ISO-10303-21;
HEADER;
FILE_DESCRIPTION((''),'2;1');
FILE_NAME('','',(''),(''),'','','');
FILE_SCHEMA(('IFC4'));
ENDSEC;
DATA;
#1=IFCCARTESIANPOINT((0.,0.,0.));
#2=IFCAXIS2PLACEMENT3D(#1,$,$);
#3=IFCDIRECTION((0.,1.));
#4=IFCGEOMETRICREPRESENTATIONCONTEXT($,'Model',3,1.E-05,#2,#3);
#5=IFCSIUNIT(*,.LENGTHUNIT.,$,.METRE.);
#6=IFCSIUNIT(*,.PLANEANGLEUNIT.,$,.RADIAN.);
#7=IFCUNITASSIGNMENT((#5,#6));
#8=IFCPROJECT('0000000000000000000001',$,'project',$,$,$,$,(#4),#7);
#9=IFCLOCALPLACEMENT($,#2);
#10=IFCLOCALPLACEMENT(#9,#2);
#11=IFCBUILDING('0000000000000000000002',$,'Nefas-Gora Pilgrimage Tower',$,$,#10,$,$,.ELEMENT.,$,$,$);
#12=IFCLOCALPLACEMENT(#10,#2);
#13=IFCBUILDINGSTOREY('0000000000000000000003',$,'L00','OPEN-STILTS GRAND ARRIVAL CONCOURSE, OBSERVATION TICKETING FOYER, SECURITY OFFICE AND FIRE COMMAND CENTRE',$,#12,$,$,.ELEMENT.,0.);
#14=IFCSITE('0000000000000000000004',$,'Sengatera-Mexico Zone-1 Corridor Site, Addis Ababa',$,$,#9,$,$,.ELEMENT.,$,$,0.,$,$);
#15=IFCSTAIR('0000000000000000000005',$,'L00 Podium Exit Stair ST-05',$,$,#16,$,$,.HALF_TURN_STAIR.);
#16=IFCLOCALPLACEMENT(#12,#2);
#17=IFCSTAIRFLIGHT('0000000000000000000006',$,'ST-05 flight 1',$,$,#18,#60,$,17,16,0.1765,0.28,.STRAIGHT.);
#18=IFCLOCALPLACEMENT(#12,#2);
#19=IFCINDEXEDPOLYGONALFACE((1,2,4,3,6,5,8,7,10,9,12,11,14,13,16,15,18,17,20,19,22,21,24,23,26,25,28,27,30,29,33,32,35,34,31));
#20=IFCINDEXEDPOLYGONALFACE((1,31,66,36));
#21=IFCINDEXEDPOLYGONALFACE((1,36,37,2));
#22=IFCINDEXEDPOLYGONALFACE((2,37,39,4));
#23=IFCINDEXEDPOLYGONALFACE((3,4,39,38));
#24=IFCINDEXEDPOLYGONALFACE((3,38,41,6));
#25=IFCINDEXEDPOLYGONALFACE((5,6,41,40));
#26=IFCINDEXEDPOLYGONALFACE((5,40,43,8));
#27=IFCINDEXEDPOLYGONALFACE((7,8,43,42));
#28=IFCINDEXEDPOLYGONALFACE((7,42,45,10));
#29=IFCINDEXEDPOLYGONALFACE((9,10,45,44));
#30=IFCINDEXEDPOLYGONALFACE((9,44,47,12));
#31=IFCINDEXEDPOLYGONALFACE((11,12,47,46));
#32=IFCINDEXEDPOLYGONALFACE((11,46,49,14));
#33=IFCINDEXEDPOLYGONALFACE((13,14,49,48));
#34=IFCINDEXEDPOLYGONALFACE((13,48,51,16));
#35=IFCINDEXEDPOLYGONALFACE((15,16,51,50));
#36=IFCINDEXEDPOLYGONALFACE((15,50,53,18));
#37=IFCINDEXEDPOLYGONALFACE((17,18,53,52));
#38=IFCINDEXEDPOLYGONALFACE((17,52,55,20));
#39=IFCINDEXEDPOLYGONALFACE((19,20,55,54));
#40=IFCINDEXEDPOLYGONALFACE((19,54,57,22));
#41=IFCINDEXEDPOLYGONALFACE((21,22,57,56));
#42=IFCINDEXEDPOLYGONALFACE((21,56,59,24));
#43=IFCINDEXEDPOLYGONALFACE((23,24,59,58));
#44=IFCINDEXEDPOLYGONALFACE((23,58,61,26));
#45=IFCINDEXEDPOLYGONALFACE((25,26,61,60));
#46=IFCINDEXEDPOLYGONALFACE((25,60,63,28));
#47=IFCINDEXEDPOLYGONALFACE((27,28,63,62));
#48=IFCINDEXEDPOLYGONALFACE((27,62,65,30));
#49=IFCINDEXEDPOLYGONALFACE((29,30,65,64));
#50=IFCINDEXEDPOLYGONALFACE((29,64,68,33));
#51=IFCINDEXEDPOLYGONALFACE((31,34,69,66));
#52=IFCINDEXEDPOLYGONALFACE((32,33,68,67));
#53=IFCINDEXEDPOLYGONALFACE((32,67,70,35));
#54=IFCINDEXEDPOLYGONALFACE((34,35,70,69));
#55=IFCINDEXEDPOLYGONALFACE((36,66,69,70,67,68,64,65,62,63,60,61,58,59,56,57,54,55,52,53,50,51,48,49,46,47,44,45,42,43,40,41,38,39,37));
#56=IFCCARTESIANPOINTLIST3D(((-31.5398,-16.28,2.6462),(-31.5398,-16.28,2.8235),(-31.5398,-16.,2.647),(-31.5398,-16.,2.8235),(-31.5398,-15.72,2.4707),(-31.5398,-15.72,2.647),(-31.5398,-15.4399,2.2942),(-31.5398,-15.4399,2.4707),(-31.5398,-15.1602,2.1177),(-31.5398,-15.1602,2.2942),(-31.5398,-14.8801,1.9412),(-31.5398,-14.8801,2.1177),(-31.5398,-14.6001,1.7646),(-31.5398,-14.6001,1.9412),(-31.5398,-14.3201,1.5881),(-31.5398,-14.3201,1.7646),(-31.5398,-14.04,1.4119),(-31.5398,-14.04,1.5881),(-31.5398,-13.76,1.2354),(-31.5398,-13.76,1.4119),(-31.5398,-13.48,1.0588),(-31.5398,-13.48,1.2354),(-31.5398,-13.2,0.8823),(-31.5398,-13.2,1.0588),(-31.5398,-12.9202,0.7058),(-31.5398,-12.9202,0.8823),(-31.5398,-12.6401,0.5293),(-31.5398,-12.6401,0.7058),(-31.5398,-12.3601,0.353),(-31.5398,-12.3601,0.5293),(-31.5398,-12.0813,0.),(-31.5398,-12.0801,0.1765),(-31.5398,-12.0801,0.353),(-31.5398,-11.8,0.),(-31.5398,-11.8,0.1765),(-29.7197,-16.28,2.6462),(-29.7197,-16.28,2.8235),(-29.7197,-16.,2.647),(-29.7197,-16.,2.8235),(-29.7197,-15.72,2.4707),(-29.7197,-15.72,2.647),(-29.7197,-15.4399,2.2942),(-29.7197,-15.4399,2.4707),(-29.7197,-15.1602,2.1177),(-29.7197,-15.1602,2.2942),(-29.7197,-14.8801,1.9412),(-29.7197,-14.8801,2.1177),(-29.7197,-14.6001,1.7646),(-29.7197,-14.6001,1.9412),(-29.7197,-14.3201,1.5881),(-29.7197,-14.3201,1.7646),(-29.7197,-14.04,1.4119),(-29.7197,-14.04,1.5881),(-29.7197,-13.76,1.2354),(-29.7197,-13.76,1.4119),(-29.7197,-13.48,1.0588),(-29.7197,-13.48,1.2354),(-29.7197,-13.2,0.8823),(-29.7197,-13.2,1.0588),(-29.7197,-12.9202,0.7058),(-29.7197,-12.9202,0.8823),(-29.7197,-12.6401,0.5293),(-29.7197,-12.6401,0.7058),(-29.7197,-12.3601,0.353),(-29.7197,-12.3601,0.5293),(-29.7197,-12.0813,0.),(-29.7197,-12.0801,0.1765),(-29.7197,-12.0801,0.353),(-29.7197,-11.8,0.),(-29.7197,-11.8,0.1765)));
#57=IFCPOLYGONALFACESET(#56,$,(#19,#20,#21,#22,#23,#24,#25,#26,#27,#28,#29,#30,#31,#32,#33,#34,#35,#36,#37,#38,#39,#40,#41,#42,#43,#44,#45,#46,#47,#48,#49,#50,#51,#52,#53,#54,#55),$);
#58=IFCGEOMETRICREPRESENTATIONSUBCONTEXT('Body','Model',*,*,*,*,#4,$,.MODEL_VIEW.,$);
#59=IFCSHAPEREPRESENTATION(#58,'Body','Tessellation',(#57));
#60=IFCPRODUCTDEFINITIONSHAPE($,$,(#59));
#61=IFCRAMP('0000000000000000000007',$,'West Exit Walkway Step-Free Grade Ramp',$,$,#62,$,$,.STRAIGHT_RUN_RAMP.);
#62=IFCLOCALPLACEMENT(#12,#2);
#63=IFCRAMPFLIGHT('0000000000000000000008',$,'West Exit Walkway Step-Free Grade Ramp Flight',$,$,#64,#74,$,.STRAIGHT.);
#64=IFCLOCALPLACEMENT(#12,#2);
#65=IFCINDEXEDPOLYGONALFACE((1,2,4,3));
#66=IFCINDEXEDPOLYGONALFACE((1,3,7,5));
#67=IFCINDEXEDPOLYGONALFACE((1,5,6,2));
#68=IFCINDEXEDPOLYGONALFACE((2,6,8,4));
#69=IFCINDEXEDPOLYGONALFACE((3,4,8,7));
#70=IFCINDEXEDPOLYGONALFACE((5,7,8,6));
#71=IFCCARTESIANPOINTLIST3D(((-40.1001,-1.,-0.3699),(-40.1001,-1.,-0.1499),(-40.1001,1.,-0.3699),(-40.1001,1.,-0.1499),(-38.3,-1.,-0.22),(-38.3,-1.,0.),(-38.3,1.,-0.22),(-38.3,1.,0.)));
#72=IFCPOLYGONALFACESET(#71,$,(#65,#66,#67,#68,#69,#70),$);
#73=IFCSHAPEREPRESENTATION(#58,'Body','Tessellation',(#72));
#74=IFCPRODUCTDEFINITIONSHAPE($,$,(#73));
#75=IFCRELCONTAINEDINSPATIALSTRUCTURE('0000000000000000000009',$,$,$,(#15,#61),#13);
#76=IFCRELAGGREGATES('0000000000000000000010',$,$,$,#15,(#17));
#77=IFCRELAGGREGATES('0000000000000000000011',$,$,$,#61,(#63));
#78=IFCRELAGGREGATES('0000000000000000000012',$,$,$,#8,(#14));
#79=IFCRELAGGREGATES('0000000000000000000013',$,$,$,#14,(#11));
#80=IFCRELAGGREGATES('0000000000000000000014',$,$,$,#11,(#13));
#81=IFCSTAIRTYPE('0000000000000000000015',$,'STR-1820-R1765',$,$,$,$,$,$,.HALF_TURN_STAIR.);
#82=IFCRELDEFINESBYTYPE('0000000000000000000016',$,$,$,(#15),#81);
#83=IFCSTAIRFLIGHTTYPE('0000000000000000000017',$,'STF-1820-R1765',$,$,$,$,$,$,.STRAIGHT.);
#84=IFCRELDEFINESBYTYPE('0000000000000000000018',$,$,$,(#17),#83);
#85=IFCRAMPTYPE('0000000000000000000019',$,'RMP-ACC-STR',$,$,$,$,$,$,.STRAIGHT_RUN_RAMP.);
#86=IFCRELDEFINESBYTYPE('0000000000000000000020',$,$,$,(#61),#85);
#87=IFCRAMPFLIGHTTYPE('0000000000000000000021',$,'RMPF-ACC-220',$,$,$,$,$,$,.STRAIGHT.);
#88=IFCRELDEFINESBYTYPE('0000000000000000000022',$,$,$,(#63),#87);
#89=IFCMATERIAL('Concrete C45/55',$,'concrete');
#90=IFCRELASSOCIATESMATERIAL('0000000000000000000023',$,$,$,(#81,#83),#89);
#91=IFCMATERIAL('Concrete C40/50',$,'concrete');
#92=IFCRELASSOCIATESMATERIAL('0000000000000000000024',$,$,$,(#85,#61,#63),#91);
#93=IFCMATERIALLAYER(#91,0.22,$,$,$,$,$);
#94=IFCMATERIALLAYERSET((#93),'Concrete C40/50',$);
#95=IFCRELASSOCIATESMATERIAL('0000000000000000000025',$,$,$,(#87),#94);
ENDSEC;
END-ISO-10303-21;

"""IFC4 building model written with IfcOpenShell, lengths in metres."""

from ifc_helpers import new_model, si_unit, direction, frame, origin, place, context, subcontext, project, spatial, polyline, outline, extrude, source, transform, mapped, material, layer, layer_set, type_object, element, aggregate, save


model = new_model("IFC4")

# Units and contexts
model_context = context("Model", 3, precision=1e-05, world=origin(), true_north=direction((0.0, 1.0)))
body_context = subcontext(model_context, "Body", "Model", "MODEL_VIEW")
ifc_project = project(units=[si_unit("LENGTHUNIT", "METRE"), si_unit("PLANEANGLEUNIT", "RADIAN")], contexts=[model_context])

# Site, building, storey
site_placement = place(None, origin())
site = spatial("IfcSite", under=ifc_project, at=site_placement, Name="Sengatera-Mexico Zone-1 Corridor Site, Addis Ababa", CompositionType="ELEMENT", RefElevation=0.0)
building_placement = place(site_placement, origin())
building = spatial("IfcBuilding", under=site, at=building_placement, Name="Nefas-Gora Pilgrimage Tower", CompositionType="ELEMENT")
storey_placement = place(building_placement, origin())
storey = spatial("IfcBuildingStorey", under=building, at=storey_placement, Name="L00", Description="OPEN-STILTS GRAND ARRIVAL CONCOURSE, OBSERVATION TICKETING FOYER, SECURITY OFFICE AND FIRE COMMAND CENTRE", CompositionType="ELEMENT", Elevation=0.0)

# Shared definitions
ifc_material_1 = material(Name="Concrete C45/55", Category="concrete")

# Stair, stair flight
stair_type = type_object("IfcStairType", Name="STR-1820-R1765", PredefinedType="HALF_TURN_STAIR", material=ifc_material_1)
stair_placement = place(storey_placement, origin())
stair = element("IfcStair", 1, at=stair_placement, inside=storey, type_object=stair_type, Name="L00 Podium Exit Stair ST-05", PredefinedType="HALF_TURN_STAIR")
stair_flight_type = type_object("IfcStairFlightType", Name="STF-1820-R1765", PredefinedType="STRAIGHT", material=ifc_material_1)
shared_shape_1 = source(origin(), body_context, "Body", "SweptSolid", [
    extrude(outline(polyline([(0.0, 0.0), (0.0, 0.1765), (0.28, 0.1765), (0.28, 0.353), (0.5601, 0.353), (0.5601, 0.5293), (0.8401, 0.5293), (0.8401, 0.7058), (1.1201, 0.7058), (1.1201, 0.8823), (1.3999, 0.8823), (1.3999, 1.0588), (1.6799, 1.0588), (1.6799, 1.2354), (1.96, 1.2354), (1.96, 1.4119), (2.24, 1.4119), (2.24, 1.5881), (2.52, 1.5881), (2.52, 1.7646), (2.8, 1.7646), (2.8, 1.9412), (3.0801, 1.9412), (3.0801, 2.1177), (3.3601, 2.1177), (3.3601, 2.2942), (3.6399, 2.2942), (3.6399, 2.4707), (3.9199, 2.4707), (3.9199, 2.647), (4.2, 2.647), (4.2, 2.8235), (4.48, 2.8235), (4.48, 3.0), (4.48, 2.6462), (0.2812, 0.0), (0.0, 0.0)])), frame((0.0, 0.9102, 0.0), z_axis=(0.0, -1.0, 0.0), x_axis=(1.0, 0.0, 0.0)), (0.0, 0.0, 1.0), 1.8201),
])
stair_flight_placement = place(storey_placement, frame((-30.6299, -11.8, 0.0), z_axis=(0.0, 0.0, 1.0), x_axis=(0.0, -1.0, 0.0)))
stair_flight = element("IfcStairFlight", 2, at=stair_flight_placement, type_object=stair_flight_type, Name="ST-05 flight 1", NumberOfRisers=17, NumberOfTreads=16, PredefinedType="STRAIGHT", RiserHeight=0.1765, TreadLength=0.28, context=body_context, shape_type="MappedRepresentation", body=[
    mapped(shared_shape_1, transform((0.0, 0.0, 0.0), x_axis=(1.0, 0.0, 0.0), y_axis=(0.0, 1.0, 0.0), z_axis=(0.0, 0.0, 1.0), scale=1.0)),
])
aggregate(stair, [stair_flight])

# Ramp, ramp flight
ifc_material_2 = material(Name="Concrete C40/50", Category="concrete")
ramp_type = type_object("IfcRampType", Name="RMP-ACC-STR", PredefinedType="STRAIGHT_RUN_RAMP", material=ifc_material_2)
ramp_placement = place(storey_placement, origin())
ramp = element("IfcRamp", 3, at=ramp_placement, inside=storey, type_object=ramp_type, material=ifc_material_2, Name="West Exit Walkway Step-Free Grade Ramp", PredefinedType="STRAIGHT_RUN_RAMP")
ifc_layer_1 = layer(ifc_material_2, 0.22)
ifc_layer_set_1 = layer_set([ifc_layer_1], Name="Concrete C40/50")
ramp_flight_type = type_object("IfcRampFlightType", Name="RMPF-ACC-220", PredefinedType="STRAIGHT", material=ifc_layer_set_1)
ramp_flight_placement = place(storey_placement, frame((-40.1001, 0.0, -0.1499), z_axis=(0.0, 0.0, 1.0), x_axis=(1.0, 0.0, 0.0)))
ramp_flight = element("IfcRampFlight", 4, at=ramp_flight_placement, type_object=ramp_flight_type, material=ifc_material_2, Name="West Exit Walkway Step-Free Grade Ramp Flight", PredefinedType="STRAIGHT", context=body_context, shape_type="SweptSolid", body=[
    extrude(outline(polyline([(0.0, 0.0), (1.8, 0.1499), (1.8, -0.0701), (0.0, -0.22), (0.0, 0.0)])), frame((0.0, 1.0, 0.0), z_axis=(0.0, -1.0, 0.0), x_axis=(1.0, 0.0, 0.0)), (0.0, 0.0, 1.0), 2.0),
])
aggregate(ramp, [ramp_flight])

save(model, "model.ifc")
